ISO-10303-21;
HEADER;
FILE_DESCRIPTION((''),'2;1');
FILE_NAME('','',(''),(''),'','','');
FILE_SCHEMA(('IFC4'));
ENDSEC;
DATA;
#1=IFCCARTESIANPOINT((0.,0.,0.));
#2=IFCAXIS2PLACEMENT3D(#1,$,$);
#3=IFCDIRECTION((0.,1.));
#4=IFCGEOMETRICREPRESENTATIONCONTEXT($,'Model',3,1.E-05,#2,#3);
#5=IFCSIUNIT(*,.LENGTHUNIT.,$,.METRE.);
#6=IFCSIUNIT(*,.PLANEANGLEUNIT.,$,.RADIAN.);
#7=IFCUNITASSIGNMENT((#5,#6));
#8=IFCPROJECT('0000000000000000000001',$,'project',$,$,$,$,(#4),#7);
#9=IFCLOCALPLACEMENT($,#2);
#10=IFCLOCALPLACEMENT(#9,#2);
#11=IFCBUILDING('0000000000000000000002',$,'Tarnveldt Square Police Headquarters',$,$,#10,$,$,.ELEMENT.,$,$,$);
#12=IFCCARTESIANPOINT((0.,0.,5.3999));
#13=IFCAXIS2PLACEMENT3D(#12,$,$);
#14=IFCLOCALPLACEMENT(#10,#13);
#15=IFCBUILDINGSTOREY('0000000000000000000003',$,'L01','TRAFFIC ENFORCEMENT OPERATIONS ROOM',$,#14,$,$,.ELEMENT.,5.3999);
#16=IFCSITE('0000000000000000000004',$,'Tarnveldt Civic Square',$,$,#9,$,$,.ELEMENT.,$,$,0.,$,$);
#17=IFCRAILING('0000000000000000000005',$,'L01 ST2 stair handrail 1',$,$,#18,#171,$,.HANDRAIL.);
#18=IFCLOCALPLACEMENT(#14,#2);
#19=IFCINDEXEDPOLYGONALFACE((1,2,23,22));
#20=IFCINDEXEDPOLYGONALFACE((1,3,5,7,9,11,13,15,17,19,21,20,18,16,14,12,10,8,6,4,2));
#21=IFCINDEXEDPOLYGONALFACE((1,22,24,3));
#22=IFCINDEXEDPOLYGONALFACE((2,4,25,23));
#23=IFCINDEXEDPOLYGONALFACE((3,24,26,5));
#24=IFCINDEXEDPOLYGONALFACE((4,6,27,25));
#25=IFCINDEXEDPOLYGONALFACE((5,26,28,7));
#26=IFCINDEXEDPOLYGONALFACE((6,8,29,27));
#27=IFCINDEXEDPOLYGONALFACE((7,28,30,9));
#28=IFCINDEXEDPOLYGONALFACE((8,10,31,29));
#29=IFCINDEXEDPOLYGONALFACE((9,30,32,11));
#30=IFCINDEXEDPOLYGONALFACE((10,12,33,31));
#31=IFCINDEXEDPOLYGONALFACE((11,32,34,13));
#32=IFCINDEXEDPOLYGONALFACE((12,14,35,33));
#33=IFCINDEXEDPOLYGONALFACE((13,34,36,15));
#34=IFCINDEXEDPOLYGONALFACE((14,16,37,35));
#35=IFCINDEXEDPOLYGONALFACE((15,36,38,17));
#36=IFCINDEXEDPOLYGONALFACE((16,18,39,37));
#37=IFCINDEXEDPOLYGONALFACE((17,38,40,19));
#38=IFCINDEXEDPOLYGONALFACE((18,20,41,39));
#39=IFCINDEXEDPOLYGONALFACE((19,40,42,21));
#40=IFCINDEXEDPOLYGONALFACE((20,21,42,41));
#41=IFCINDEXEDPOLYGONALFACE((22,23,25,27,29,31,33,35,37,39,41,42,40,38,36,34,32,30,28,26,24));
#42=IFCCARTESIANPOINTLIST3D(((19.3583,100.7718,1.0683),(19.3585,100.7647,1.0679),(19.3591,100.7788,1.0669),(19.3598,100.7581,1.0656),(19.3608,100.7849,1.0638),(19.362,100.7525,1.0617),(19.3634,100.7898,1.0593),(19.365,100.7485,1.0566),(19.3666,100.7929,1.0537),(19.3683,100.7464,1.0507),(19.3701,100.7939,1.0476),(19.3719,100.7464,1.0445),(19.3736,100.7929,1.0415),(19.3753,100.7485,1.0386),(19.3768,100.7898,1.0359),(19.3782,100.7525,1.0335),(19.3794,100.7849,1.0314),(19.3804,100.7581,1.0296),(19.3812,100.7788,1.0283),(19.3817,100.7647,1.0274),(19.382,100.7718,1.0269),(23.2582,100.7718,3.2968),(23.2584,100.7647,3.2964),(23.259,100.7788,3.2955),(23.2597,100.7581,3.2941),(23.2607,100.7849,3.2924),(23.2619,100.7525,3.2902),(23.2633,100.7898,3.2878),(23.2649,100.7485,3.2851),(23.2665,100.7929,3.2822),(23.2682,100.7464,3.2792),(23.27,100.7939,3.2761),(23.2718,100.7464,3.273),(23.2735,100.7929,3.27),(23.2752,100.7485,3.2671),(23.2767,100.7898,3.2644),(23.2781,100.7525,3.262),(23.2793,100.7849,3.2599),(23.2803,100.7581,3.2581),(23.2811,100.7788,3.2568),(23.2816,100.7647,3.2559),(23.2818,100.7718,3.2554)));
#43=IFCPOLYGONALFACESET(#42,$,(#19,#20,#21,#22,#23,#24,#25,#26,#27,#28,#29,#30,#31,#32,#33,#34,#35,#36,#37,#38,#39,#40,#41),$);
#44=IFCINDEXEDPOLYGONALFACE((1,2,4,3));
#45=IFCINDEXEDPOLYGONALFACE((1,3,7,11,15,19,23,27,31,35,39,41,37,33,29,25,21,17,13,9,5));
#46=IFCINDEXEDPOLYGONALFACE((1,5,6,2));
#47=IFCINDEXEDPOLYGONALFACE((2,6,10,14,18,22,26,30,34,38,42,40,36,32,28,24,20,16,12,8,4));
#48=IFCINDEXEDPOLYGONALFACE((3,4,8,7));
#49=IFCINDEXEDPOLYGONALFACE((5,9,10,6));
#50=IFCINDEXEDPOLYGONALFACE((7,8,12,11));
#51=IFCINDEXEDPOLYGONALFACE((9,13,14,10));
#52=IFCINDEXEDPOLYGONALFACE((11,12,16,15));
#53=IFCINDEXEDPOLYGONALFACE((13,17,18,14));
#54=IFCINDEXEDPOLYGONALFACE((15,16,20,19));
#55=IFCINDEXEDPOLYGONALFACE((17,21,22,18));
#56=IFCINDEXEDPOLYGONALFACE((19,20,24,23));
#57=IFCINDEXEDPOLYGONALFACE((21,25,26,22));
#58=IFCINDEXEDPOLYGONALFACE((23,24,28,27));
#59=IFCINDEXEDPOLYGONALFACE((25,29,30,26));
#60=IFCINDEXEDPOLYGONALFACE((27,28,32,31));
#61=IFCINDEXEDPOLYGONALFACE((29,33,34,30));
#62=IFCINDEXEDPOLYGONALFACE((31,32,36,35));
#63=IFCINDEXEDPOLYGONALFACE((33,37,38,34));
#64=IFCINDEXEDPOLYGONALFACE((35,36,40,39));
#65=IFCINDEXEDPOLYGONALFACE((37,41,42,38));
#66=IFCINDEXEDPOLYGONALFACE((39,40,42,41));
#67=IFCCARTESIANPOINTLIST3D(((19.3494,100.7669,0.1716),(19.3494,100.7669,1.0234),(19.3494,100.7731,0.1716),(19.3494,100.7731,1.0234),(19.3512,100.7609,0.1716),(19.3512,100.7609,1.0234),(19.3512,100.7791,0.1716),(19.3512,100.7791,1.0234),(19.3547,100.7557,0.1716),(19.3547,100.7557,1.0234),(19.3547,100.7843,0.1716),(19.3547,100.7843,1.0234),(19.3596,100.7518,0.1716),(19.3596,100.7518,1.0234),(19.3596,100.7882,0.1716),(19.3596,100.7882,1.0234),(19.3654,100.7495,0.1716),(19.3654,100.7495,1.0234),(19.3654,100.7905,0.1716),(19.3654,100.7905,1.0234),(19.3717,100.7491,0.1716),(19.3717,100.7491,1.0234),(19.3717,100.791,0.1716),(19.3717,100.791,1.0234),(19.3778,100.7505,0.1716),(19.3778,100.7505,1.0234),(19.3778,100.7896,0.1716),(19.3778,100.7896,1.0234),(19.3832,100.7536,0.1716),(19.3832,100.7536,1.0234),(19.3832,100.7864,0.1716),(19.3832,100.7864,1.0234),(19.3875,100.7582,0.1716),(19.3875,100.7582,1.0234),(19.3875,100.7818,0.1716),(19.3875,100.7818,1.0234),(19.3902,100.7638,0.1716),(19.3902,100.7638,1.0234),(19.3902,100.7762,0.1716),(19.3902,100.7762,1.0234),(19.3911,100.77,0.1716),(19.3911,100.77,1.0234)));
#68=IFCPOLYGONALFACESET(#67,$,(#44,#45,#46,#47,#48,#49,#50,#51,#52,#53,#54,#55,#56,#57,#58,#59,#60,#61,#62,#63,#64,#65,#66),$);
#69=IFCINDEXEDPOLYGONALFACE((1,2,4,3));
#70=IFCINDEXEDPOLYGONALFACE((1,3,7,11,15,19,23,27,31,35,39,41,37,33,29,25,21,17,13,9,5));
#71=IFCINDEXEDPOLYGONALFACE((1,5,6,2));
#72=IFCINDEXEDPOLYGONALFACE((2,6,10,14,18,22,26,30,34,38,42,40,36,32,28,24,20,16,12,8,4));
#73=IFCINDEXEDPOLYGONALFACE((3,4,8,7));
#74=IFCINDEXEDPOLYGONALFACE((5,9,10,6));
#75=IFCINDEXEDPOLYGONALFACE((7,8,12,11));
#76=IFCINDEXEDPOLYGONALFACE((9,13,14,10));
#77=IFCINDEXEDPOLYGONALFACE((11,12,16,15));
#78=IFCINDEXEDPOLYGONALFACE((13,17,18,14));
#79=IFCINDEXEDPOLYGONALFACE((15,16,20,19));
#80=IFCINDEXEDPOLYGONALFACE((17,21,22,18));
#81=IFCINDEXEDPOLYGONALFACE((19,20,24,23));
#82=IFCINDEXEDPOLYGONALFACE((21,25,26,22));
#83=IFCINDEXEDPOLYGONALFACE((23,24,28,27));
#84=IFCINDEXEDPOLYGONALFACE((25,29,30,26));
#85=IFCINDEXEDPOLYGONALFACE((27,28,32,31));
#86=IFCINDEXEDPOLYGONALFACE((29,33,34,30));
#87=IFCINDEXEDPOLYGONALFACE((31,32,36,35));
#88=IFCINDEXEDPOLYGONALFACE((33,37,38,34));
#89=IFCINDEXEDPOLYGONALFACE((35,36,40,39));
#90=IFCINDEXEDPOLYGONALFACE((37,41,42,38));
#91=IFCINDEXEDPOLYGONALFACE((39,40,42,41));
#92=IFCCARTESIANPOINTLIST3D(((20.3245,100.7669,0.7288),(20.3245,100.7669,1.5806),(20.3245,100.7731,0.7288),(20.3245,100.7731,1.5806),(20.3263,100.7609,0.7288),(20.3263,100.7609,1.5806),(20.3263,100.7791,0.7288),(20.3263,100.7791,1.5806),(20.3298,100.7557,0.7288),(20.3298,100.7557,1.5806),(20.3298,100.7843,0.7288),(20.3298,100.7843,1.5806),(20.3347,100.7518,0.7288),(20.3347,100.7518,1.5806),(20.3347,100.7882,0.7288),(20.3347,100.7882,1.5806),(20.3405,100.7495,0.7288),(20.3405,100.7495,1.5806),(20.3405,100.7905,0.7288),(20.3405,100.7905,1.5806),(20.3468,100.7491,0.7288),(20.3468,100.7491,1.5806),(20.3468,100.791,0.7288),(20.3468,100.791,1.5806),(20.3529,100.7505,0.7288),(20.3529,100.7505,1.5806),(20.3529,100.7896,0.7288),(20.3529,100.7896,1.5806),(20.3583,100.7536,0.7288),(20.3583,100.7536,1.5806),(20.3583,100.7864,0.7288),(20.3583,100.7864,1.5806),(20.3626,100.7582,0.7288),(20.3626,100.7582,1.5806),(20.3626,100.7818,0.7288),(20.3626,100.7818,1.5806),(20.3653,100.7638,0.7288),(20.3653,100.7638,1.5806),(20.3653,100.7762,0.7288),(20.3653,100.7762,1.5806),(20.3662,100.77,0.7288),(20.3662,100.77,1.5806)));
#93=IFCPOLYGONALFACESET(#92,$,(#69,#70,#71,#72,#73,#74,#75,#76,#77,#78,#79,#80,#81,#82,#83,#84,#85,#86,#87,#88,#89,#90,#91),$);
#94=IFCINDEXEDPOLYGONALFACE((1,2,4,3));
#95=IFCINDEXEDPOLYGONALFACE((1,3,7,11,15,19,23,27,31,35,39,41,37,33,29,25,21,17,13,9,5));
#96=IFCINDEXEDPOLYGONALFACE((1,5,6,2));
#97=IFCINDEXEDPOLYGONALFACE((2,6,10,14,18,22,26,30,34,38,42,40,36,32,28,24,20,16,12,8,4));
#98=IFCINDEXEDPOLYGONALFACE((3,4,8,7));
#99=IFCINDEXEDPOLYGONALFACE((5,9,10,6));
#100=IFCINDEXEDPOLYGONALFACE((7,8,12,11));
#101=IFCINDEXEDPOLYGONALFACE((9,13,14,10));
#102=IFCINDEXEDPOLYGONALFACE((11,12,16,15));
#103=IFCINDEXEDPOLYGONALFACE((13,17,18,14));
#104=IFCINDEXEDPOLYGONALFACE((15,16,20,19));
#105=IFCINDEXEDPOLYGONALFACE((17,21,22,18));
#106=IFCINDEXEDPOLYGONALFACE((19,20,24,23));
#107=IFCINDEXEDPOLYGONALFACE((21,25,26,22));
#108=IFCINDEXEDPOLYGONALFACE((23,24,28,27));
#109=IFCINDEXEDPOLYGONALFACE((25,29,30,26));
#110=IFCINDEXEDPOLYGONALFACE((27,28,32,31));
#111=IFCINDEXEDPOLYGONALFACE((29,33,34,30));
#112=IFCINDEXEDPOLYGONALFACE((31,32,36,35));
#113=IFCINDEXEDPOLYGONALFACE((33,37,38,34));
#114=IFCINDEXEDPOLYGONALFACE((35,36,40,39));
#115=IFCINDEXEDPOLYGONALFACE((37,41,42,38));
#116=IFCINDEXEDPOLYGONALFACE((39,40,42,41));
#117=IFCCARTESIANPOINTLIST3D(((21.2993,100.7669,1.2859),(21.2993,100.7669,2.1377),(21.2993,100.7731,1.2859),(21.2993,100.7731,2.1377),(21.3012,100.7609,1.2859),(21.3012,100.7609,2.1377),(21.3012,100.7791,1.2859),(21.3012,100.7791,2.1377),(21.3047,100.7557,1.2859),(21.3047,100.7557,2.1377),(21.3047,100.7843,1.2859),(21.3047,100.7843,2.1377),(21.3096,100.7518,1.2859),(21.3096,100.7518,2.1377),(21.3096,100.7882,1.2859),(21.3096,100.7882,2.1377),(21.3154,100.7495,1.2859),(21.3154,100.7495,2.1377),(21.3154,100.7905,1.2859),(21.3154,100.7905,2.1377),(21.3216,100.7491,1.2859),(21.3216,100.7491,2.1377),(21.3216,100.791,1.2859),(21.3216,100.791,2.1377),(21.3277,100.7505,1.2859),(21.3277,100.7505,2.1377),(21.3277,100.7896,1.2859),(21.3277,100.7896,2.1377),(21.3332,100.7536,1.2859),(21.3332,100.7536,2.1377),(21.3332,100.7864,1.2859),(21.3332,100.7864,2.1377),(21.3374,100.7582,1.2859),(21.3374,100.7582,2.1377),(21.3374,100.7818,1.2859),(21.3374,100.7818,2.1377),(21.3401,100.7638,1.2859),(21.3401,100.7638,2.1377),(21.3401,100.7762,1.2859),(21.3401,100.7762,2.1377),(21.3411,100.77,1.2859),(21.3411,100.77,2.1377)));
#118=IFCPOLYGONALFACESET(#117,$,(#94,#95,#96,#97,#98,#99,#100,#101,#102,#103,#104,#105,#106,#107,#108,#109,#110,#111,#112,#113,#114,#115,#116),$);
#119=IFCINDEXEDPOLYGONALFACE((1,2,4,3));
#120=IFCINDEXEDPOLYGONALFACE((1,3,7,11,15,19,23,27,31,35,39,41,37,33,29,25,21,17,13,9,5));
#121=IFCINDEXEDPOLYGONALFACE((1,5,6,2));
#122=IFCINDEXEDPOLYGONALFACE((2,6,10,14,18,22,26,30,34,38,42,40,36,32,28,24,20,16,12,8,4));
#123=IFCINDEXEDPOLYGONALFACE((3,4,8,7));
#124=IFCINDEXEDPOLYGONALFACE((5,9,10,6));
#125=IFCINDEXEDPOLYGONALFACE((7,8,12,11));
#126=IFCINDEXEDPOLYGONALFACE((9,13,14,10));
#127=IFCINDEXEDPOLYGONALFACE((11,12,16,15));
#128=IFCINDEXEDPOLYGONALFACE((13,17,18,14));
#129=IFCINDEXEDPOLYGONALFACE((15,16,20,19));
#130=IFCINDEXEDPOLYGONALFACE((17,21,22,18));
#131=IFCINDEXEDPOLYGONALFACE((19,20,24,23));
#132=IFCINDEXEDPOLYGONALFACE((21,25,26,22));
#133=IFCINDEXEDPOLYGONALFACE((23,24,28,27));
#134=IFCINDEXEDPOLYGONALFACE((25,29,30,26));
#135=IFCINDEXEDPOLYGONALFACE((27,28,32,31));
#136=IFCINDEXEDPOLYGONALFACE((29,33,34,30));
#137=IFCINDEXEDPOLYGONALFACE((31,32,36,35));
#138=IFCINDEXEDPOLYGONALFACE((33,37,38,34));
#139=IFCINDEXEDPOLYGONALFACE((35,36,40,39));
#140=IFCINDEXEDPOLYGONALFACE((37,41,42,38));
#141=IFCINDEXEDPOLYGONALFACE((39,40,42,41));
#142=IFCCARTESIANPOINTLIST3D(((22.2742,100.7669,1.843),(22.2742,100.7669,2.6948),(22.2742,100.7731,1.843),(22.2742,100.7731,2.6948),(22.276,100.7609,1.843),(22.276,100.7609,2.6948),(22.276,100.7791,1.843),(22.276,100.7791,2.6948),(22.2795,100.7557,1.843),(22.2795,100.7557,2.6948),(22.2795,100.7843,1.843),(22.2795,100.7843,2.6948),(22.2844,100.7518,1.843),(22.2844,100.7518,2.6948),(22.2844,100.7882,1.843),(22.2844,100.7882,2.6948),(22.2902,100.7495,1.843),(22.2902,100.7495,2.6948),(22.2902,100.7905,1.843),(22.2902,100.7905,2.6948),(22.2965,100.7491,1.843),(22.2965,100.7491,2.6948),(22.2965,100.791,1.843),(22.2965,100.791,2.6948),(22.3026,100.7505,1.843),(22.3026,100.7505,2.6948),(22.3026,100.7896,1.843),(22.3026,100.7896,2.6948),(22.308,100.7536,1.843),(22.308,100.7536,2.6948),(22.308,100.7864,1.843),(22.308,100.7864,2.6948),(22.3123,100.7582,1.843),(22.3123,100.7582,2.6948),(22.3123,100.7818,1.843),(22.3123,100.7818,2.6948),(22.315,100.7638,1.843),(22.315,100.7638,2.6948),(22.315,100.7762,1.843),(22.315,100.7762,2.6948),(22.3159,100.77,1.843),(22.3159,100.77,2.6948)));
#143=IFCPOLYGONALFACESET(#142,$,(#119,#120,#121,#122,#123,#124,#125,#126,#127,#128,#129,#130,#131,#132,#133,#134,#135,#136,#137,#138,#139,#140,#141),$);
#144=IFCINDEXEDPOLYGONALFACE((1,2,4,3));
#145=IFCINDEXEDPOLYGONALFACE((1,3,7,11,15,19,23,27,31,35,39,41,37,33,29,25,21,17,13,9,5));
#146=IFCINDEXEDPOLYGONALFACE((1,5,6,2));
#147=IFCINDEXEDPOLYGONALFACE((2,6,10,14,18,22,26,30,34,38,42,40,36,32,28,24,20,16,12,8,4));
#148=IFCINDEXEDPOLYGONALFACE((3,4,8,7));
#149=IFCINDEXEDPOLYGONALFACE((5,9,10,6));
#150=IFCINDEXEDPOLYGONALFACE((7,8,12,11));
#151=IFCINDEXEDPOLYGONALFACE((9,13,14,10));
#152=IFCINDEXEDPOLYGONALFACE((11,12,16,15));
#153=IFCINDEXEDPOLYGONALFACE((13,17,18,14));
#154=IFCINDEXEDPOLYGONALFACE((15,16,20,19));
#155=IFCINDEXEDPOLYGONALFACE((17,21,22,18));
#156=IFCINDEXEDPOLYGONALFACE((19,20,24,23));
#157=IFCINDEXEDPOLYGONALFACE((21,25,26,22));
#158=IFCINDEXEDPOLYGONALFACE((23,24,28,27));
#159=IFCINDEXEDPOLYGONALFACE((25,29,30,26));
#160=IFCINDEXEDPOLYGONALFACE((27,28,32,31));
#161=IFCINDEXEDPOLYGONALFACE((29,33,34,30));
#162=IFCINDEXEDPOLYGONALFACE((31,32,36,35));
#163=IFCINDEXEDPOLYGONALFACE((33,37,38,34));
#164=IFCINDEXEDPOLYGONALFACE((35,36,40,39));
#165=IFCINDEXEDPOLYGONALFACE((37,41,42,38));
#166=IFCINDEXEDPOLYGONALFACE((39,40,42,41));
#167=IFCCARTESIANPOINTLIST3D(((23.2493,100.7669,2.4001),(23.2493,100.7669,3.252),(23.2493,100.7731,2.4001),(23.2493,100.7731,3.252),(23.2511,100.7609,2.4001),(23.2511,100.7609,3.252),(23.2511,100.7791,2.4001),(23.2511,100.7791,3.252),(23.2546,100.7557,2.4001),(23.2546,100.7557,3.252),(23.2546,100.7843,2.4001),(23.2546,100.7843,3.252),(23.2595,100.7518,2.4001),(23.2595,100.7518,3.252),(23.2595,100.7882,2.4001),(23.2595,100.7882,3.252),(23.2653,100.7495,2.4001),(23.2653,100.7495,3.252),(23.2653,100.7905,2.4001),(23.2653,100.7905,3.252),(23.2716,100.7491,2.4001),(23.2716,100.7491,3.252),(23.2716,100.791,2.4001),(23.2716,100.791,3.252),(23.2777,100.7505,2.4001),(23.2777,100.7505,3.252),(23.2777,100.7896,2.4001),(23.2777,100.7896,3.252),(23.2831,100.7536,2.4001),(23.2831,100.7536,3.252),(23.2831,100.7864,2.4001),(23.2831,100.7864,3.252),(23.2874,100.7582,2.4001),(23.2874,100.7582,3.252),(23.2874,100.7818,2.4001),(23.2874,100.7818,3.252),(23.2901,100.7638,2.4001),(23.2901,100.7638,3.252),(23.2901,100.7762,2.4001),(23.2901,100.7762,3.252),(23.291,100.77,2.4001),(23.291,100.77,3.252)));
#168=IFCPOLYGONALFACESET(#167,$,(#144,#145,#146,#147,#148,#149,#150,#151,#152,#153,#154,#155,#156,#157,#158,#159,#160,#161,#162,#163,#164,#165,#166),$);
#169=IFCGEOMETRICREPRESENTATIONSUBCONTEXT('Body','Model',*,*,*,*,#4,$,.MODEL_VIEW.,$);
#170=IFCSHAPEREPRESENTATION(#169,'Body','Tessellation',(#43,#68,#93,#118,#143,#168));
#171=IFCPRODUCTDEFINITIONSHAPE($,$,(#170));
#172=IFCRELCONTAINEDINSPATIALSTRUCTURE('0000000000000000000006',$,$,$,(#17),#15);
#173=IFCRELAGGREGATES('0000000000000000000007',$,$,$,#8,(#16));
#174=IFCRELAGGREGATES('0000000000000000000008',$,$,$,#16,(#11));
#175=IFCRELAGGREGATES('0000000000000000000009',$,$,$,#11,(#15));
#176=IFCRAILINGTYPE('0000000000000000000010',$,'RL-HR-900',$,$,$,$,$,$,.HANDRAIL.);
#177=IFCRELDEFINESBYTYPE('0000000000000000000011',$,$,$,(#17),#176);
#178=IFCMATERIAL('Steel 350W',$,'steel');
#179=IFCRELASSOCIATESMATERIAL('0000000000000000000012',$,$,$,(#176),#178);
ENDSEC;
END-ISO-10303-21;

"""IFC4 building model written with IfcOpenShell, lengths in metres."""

from ifc_helpers import new_model, si_unit, direction, frame, origin, origin_2d, place, context, subcontext, project, spatial, circle, extrude, material, type_object, element, save


model = new_model("IFC4")

# Units and contexts
model_context = context("Model", 3, precision=1e-05, world=origin(), true_north=direction((0.0, 1.0)))
body_context = subcontext(model_context, "Body", "Model", "MODEL_VIEW")
ifc_project = project(units=[si_unit("LENGTHUNIT", "METRE"), si_unit("PLANEANGLEUNIT", "RADIAN")], contexts=[model_context])

# Site, building, storey
site_placement = place(None, origin())
site = spatial("IfcSite", under=ifc_project, at=site_placement, Name="Tarnveldt Civic Square", CompositionType="ELEMENT", RefElevation=0.0)
building_placement = place(site_placement, origin())
building = spatial("IfcBuilding", under=site, at=building_placement, Name="Tarnveldt Square Police Headquarters", CompositionType="ELEMENT")
storey_placement = place(building_placement, frame((0.0, 0.0, 5.3999)))
storey = spatial("IfcBuildingStorey", under=building, at=storey_placement, Name="L01", Description="TRAFFIC ENFORCEMENT OPERATIONS ROOM", CompositionType="ELEMENT", Elevation=5.3999)

# Shared definitions
ifc_material_1 = material(Name="Steel 350W", Category="steel")

# Railing
railing_type_1 = type_object("IfcRailingType", Name="RL-HR-900", PredefinedType="HANDRAIL", material=ifc_material_1)
railing_1_placement = place(storey_placement, frame((19.3701, 100.77, 0.1716)))
element("IfcRailing", 1, at=railing_1_placement, inside=storey, type_object=railing_type_1, Name="L01 ST2 stair handrail 1", PredefinedType="HANDRAIL", context=body_context, shape_type="SweptSolid", body=[
    extrude(circle(Radius=0.0239, at=origin_2d()), frame((0.0, 0.0, 0.876), z_axis=(0.868243, 0.0, 0.496139), x_axis=(0.0, 1.0, 0.0)), (0.0, 0.0, 1.0), 4.4917),
    extrude(circle(Radius=0.021, at=origin_2d()), origin(), (0.0, 0.0, 1.0), 0.8518),
    extrude(circle(Radius=0.021, at=origin_2d()), frame((0.9751, 0.0, 0.5571)), (0.0, 0.0, 1.0), 0.8518),
    extrude(circle(Radius=0.021, at=origin_2d()), frame((1.95, 0.0, 1.1143)), (0.0, 0.0, 1.0), 0.8518),
    extrude(circle(Radius=0.021, at=origin_2d()), frame((2.9248, 0.0, 1.6714)), (0.0, 0.0, 1.0), 0.8518),
    extrude(circle(Radius=0.021, at=origin_2d()), frame((3.8999, 0.0, 2.2285)), (0.0, 0.0, 1.0), 0.8518),
])

save(model, "model.ifc")
